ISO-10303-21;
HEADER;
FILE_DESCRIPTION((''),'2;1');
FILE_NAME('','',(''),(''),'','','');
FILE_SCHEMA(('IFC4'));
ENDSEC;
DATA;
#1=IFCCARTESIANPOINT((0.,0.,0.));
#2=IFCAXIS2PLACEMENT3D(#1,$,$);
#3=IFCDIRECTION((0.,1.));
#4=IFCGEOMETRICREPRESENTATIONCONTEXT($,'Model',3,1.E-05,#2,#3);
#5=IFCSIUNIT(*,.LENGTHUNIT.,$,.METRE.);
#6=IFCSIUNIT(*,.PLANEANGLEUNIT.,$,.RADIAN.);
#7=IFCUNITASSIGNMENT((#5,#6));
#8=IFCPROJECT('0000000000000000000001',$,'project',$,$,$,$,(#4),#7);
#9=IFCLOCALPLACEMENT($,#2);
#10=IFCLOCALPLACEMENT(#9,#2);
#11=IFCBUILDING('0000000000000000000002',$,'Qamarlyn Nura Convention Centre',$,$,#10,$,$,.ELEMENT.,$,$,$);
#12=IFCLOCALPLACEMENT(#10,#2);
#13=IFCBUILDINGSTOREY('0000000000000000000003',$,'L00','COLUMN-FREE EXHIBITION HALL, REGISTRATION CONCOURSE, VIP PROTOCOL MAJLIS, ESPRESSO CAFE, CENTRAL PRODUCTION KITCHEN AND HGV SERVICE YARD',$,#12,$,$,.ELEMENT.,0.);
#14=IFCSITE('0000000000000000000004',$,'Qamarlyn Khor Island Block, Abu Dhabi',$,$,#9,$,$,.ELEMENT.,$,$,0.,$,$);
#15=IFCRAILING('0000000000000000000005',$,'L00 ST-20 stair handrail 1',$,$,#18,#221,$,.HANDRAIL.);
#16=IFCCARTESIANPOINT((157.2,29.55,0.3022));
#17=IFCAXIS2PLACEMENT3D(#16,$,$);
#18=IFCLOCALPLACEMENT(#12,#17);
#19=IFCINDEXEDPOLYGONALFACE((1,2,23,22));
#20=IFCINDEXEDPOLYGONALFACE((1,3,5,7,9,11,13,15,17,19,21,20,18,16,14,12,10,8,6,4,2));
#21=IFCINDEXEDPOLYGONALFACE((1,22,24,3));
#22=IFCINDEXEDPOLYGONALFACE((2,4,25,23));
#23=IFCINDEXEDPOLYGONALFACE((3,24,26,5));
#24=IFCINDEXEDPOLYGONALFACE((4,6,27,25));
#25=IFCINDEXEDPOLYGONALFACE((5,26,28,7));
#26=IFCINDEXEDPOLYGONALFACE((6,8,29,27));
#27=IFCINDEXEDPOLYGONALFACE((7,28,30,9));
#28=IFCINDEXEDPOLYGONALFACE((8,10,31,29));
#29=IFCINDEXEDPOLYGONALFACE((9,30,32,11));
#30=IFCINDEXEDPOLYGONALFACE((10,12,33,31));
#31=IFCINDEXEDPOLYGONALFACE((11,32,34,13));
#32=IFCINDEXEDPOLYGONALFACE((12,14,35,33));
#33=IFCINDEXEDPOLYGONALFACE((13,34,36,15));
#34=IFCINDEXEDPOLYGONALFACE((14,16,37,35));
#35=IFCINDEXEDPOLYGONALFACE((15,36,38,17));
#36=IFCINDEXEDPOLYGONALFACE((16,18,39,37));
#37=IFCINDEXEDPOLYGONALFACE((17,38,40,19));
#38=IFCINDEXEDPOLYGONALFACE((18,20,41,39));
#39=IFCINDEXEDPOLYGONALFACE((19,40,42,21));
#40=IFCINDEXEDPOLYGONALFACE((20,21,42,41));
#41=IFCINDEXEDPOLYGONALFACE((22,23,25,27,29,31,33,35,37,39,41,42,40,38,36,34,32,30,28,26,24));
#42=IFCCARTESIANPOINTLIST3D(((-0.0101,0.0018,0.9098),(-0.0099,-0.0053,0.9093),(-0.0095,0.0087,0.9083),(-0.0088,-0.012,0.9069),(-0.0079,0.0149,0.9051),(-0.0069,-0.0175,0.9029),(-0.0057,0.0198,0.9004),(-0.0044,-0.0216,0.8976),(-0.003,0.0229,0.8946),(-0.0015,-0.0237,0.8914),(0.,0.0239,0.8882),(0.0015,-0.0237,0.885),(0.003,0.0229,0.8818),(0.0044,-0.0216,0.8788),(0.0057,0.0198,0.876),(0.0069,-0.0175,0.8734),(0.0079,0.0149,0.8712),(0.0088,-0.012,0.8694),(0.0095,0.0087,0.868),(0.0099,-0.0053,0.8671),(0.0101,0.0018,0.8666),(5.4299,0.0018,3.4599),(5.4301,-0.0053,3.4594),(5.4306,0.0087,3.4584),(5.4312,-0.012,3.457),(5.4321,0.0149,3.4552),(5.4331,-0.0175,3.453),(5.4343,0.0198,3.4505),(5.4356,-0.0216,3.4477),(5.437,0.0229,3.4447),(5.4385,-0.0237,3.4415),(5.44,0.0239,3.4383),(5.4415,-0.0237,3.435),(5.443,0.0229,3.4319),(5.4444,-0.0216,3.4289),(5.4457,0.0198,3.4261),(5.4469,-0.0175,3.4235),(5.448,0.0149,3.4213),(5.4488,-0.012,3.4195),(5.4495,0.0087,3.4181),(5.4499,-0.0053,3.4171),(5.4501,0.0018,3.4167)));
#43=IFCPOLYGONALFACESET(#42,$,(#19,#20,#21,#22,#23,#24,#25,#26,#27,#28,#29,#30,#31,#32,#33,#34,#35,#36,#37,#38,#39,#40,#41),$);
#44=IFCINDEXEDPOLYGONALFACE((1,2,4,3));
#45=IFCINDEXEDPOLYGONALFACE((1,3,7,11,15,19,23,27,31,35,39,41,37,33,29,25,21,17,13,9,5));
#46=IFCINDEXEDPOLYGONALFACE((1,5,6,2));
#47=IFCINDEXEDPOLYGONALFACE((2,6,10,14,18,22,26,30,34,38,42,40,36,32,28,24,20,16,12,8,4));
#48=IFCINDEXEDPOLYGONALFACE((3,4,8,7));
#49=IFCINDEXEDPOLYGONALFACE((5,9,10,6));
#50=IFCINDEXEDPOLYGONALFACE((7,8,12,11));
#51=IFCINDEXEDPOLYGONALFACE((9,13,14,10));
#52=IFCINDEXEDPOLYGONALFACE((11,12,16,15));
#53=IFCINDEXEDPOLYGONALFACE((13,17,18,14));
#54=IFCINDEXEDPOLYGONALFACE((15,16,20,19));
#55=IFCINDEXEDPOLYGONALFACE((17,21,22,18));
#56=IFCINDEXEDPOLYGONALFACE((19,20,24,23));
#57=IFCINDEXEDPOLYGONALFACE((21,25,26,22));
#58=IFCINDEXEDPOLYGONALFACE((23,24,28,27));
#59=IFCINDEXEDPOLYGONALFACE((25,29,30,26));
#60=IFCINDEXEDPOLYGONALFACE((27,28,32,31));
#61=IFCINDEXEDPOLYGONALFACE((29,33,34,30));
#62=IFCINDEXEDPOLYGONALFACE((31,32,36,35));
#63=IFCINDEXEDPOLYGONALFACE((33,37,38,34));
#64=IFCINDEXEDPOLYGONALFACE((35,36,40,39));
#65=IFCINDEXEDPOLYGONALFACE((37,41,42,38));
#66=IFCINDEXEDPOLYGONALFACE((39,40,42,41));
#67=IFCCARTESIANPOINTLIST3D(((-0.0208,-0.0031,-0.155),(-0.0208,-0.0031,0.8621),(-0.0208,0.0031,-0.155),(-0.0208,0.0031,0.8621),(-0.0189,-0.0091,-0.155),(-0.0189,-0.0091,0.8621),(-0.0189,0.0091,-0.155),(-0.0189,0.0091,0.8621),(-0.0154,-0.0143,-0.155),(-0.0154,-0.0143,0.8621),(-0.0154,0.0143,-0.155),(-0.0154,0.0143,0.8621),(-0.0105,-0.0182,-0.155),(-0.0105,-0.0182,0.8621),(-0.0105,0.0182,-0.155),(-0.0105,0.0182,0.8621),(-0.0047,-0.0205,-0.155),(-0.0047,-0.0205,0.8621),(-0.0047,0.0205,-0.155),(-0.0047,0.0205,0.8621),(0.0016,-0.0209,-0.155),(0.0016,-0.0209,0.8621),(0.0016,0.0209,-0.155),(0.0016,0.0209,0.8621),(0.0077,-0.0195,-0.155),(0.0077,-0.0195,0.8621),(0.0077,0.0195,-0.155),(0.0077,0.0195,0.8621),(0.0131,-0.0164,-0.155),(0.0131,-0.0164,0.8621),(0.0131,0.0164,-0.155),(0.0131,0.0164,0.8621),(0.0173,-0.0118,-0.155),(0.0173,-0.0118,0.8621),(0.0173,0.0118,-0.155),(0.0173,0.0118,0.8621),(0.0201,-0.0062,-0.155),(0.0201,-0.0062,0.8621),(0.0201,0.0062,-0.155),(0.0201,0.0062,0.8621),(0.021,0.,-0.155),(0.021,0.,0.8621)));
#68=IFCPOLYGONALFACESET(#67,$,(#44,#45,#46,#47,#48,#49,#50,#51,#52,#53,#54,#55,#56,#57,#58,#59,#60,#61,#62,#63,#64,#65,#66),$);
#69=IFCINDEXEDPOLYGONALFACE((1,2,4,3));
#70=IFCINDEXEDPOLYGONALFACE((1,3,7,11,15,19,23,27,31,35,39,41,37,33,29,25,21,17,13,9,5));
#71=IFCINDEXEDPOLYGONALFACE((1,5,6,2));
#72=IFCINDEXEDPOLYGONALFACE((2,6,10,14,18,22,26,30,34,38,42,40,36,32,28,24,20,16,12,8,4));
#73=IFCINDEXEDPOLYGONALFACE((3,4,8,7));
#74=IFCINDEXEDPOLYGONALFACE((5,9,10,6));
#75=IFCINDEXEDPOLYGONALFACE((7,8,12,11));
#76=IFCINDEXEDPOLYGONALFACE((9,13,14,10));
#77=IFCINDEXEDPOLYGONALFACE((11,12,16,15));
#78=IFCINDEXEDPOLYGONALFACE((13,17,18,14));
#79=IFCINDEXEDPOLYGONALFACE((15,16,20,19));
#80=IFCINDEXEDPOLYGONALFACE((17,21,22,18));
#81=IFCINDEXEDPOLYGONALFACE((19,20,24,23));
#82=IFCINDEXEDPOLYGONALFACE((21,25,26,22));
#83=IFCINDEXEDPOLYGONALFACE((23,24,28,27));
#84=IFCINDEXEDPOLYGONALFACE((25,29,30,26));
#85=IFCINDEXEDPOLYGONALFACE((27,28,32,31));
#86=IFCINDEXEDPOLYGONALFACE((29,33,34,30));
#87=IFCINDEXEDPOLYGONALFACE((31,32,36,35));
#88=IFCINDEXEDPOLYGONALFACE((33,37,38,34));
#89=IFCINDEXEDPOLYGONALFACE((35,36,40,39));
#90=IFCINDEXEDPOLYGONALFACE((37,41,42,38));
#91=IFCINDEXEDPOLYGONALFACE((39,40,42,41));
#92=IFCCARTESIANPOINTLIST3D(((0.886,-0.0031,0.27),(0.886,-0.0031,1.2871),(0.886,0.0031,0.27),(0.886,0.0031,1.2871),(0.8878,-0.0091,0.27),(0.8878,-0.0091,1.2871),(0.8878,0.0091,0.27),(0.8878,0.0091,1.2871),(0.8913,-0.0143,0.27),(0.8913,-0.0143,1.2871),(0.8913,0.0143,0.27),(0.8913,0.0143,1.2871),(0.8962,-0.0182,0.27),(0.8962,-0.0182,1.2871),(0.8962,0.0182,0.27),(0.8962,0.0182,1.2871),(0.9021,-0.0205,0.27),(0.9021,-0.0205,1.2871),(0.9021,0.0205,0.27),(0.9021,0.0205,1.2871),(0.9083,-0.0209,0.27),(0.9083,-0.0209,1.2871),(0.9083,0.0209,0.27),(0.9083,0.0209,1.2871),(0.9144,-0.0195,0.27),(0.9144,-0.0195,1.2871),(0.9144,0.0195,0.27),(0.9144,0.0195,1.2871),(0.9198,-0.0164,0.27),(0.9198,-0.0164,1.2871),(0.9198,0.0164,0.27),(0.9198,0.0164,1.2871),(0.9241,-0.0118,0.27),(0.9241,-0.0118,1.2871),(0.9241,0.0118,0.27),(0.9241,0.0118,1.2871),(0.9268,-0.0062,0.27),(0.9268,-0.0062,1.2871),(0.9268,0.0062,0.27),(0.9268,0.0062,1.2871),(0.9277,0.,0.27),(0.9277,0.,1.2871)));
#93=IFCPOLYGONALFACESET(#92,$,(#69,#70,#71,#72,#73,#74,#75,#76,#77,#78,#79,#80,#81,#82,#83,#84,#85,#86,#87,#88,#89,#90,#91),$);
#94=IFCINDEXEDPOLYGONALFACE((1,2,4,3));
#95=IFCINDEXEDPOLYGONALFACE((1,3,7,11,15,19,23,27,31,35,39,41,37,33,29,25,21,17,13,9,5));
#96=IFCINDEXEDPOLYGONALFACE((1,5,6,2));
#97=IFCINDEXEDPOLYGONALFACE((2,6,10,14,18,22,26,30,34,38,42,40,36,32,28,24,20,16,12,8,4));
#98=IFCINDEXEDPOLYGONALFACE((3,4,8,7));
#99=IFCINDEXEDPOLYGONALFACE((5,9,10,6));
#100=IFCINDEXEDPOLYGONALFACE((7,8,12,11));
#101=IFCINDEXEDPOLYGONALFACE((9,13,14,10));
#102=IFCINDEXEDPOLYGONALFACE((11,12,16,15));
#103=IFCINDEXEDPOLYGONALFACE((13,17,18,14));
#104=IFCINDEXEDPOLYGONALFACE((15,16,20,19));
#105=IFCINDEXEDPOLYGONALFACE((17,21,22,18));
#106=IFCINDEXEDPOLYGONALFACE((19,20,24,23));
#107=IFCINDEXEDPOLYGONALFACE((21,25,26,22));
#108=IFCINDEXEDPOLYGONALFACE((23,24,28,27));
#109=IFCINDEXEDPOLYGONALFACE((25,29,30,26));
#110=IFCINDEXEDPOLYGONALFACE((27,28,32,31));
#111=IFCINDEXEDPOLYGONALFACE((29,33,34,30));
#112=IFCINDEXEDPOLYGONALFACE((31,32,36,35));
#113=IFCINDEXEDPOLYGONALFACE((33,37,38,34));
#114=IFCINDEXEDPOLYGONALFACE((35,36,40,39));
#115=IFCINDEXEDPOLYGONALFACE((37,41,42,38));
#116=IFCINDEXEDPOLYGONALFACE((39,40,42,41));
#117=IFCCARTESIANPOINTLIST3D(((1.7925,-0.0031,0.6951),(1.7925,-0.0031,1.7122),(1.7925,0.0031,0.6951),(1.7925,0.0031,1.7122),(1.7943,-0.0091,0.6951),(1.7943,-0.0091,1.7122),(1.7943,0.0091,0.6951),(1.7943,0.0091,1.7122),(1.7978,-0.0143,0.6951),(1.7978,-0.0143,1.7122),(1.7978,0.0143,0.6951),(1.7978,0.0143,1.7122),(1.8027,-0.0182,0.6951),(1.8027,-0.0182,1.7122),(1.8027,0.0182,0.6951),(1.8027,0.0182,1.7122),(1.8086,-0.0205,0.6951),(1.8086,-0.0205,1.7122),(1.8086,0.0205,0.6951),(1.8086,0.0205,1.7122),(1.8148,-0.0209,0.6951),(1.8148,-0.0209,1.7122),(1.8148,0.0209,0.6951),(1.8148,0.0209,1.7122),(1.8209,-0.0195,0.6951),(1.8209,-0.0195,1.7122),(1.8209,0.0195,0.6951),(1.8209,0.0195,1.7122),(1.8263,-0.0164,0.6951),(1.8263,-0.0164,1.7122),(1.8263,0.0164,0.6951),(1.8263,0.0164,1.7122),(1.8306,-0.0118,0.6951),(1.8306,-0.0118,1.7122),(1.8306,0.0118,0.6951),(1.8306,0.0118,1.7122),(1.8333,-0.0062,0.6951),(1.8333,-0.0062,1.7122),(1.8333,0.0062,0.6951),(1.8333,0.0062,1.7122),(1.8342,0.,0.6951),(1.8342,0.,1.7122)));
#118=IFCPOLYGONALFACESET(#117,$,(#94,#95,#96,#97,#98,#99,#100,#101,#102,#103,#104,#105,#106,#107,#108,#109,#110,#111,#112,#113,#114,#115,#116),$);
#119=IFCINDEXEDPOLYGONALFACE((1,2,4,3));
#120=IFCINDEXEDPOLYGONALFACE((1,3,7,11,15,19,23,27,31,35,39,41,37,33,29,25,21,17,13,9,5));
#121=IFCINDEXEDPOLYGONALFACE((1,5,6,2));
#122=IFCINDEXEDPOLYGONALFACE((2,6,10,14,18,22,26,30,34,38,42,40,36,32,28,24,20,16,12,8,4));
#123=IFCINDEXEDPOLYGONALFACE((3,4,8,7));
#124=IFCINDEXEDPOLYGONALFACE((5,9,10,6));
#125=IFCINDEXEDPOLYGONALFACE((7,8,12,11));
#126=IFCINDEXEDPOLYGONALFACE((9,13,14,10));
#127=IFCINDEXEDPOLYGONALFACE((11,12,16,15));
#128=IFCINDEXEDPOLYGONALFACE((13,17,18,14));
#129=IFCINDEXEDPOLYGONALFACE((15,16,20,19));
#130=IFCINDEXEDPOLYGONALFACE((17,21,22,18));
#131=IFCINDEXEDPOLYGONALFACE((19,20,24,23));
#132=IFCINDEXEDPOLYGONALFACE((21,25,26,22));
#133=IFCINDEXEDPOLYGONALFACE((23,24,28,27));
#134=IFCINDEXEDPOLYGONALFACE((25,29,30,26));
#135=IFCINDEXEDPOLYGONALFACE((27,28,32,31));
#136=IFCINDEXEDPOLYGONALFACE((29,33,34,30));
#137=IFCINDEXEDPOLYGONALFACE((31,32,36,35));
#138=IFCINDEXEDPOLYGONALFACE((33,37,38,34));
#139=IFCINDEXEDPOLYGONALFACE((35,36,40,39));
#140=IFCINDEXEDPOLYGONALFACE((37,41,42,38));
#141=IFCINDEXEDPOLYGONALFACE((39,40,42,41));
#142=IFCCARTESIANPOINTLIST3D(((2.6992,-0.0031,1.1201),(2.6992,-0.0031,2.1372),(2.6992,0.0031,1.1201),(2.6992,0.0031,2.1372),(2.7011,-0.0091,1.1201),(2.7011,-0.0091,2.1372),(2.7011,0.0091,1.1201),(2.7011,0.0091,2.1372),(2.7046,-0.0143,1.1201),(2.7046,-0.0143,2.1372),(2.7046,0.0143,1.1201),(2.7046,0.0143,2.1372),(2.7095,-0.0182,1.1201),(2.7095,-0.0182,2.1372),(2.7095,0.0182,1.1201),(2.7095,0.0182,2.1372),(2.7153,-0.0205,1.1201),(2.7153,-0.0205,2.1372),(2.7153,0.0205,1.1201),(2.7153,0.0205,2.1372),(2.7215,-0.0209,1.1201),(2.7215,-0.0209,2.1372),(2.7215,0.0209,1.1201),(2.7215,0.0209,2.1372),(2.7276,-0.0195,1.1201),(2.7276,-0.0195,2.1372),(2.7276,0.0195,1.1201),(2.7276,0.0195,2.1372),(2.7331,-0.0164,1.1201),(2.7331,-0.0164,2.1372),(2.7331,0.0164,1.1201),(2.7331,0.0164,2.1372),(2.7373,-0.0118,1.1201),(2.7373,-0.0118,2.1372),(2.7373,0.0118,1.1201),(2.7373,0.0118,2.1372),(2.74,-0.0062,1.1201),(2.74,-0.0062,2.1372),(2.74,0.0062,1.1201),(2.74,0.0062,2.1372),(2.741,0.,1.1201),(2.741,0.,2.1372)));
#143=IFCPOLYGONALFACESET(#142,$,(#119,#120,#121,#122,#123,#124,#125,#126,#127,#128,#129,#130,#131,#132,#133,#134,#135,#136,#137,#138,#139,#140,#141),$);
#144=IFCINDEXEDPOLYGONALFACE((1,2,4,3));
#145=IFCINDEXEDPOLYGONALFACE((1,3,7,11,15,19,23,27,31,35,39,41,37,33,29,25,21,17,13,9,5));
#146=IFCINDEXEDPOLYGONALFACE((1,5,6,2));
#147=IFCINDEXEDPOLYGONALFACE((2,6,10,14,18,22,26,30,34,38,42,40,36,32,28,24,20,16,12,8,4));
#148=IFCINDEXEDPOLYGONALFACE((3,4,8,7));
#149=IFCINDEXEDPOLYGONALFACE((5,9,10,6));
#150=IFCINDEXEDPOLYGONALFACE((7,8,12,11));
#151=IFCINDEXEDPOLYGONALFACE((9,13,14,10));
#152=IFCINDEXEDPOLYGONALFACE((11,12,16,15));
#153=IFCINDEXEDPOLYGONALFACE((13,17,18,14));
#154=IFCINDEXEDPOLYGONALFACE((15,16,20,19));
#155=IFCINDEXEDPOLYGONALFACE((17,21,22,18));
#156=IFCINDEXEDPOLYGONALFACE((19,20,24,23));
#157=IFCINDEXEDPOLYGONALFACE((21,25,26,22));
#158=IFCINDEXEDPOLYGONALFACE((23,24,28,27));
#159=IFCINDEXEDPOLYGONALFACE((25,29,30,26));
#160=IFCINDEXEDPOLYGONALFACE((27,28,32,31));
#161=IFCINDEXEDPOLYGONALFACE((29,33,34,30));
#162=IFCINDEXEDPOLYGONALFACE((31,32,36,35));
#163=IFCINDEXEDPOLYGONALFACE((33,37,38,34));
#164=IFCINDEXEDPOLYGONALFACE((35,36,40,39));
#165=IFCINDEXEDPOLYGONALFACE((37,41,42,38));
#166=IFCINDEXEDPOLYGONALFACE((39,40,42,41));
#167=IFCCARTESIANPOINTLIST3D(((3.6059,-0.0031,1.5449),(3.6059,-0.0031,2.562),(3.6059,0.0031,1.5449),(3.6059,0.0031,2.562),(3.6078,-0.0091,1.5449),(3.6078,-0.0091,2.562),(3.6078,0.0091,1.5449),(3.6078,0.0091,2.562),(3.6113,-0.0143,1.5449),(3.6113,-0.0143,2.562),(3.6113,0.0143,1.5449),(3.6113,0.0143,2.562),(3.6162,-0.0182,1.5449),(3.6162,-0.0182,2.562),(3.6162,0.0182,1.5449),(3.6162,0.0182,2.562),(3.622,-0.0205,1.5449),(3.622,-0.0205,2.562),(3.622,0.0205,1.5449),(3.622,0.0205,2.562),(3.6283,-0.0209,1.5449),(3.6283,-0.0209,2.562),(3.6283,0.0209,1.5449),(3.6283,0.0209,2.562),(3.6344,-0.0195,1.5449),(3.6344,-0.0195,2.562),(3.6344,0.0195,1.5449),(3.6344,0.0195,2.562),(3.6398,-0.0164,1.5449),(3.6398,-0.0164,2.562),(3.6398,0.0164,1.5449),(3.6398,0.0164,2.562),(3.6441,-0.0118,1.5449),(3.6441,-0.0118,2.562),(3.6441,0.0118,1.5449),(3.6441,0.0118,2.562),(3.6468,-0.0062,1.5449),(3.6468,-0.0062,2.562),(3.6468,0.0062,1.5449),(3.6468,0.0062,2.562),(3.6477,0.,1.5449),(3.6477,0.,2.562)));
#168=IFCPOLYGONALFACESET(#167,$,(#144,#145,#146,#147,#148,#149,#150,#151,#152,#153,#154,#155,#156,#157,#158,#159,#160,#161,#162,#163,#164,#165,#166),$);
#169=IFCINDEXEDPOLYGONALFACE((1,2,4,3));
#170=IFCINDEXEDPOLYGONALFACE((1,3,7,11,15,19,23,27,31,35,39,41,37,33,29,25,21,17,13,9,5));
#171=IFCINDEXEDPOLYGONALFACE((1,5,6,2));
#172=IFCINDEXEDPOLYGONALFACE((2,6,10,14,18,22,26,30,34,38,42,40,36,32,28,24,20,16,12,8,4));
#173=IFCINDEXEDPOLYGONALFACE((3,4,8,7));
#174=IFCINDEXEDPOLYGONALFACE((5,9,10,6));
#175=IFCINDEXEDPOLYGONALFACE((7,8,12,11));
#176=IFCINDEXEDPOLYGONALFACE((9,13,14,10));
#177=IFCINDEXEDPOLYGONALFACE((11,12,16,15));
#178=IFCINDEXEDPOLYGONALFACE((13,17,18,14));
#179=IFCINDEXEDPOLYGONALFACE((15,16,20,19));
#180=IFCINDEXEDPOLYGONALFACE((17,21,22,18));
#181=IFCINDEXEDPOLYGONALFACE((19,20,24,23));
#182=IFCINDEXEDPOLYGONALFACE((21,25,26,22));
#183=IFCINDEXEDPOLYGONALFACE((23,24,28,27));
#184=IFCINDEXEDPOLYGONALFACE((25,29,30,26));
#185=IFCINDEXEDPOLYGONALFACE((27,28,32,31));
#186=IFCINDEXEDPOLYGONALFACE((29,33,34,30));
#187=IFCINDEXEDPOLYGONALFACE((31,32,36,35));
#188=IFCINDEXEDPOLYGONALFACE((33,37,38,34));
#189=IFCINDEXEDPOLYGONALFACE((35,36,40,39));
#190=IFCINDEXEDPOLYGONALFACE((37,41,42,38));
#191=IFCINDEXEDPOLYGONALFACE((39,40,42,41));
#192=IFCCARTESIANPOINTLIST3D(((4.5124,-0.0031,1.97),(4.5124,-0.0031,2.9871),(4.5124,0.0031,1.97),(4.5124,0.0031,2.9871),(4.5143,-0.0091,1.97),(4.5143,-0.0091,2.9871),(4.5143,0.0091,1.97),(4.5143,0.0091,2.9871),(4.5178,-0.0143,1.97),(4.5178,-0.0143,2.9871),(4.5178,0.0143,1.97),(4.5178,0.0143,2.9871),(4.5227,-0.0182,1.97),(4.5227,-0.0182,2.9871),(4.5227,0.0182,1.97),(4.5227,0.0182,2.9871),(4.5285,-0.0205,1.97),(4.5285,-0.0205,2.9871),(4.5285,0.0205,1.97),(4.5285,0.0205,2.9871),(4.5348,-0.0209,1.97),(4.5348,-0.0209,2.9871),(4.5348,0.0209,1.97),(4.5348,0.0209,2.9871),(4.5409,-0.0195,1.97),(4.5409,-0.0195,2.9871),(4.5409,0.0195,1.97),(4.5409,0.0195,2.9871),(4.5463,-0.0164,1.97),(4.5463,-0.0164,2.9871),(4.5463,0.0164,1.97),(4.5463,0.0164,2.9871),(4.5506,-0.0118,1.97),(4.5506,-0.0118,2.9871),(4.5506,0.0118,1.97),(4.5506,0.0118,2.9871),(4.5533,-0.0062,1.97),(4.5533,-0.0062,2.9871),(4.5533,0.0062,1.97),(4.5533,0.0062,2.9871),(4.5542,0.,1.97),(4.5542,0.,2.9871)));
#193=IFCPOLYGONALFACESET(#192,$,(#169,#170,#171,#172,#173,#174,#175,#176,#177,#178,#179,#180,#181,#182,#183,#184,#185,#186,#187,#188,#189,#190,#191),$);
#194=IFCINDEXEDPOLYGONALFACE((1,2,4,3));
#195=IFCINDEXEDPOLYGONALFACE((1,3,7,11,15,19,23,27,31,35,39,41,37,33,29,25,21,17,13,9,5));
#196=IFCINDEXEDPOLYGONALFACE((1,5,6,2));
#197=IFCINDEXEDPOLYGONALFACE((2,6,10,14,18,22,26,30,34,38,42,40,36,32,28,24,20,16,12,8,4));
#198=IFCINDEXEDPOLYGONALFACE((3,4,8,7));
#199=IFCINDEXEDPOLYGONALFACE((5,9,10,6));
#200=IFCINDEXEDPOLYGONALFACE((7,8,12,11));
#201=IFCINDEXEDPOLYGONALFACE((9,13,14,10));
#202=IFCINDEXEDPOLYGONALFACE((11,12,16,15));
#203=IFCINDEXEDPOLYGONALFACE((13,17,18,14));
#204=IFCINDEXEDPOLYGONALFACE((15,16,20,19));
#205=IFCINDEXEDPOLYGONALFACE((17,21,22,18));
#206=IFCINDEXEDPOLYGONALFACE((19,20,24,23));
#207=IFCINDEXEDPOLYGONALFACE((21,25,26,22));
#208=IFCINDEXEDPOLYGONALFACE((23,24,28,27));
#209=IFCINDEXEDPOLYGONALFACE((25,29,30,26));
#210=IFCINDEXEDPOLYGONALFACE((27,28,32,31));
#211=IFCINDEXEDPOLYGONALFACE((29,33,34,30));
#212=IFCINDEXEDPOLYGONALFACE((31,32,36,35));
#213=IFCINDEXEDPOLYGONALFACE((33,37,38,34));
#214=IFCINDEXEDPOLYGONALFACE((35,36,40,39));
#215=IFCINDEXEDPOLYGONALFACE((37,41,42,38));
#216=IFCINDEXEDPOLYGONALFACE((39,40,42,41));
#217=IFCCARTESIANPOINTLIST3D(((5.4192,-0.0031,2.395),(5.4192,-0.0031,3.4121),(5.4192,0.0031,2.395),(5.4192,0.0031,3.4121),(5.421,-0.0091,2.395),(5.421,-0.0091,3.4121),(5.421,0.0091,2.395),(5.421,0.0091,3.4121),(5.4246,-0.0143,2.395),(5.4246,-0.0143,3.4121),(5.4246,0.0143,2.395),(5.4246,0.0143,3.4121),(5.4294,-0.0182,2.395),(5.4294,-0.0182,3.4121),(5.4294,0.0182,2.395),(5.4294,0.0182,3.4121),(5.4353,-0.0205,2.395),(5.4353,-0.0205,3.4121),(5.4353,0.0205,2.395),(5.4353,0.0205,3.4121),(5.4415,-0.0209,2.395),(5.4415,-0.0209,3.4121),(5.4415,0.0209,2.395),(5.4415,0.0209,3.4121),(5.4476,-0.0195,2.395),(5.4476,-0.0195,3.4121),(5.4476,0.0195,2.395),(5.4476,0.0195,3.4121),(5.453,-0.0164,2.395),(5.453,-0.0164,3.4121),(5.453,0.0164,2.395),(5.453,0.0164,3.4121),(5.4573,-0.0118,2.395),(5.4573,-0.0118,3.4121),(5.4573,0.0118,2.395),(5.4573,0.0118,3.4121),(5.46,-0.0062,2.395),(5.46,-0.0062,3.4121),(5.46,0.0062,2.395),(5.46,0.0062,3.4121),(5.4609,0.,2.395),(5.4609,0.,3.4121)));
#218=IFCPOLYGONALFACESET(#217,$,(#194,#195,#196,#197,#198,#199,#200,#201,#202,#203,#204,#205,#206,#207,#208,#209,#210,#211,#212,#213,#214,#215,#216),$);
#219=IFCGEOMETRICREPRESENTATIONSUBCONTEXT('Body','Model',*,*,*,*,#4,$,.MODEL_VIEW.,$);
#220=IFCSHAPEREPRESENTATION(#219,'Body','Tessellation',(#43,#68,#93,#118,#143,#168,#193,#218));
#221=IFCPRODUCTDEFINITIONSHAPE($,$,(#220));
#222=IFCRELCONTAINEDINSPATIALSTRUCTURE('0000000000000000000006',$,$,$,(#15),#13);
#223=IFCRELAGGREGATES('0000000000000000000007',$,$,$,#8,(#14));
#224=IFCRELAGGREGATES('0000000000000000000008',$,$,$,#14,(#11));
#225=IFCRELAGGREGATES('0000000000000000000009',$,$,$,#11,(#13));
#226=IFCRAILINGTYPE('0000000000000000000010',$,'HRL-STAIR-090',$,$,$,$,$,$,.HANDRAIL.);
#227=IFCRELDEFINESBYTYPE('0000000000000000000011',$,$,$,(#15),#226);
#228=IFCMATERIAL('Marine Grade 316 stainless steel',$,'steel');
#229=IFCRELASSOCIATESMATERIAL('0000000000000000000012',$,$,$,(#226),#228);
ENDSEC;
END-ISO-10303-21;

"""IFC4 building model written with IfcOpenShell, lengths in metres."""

from ifc_helpers import new_model, si_unit, direction, frame, origin, origin_2d, place, context, subcontext, project, spatial, circle, extrude, material, type_object, element, save


model = new_model("IFC4")

# Units and contexts
model_context = context("Model", 3, precision=1e-05, world=origin(), true_north=direction((0.0, 1.0)))
body_context = subcontext(model_context, "Body", "Model", "MODEL_VIEW")
ifc_project = project(units=[si_unit("LENGTHUNIT", "METRE"), si_unit("PLANEANGLEUNIT", "RADIAN")], contexts=[model_context])

# Site, building, storey
site_placement = place(None, origin())
site = spatial("IfcSite", under=ifc_project, at=site_placement, Name="Qamarlyn Khor Island Block, Abu Dhabi", CompositionType="ELEMENT", RefElevation=0.0)
building_placement = place(site_placement, origin())
building = spatial("IfcBuilding", under=site, at=building_placement, Name="Qamarlyn Nura Convention Centre", CompositionType="ELEMENT")
storey_placement = place(building_placement, origin())
storey = spatial("IfcBuildingStorey", under=building, at=storey_placement, Name="L00", Description="COLUMN-FREE EXHIBITION HALL, REGISTRATION CONCOURSE, VIP PROTOCOL MAJLIS, ESPRESSO CAFE, CENTRAL PRODUCTION KITCHEN AND HGV SERVICE YARD", CompositionType="ELEMENT", Elevation=0.0)

# Railing
ifc_material_1 = material(Name="Marine Grade 316 stainless steel", Category="steel")
railing_type_1 = type_object("IfcRailingType", Name="HRL-STAIR-090", PredefinedType="HANDRAIL", material=ifc_material_1)
railing_1_placement = place(storey_placement, frame((157.2, 29.55, 0.3022)))
element("IfcRailing", 1, at=railing_1_placement, inside=storey, type_object=railing_type_1, Name="L00 ST-20 stair handrail 1", PredefinedType="HANDRAIL", context=body_context, shape_type="SweptSolid", body=[
    extrude(circle(Radius=0.0239, at=origin_2d()), frame((0.0, 0.0, 0.8882), z_axis=(0.905454, 0.0, 0.424444), x_axis=(0.0, 1.0, 0.0)), (0.0, 0.0, 1.0), 6.0081),
    extrude(circle(Radius=0.021, at=origin_2d()), frame((0.0, 0.0, -0.155)), (0.0, 0.0, 1.0), 1.0171),
    extrude(circle(Radius=0.021, at=origin_2d()), frame((0.9067, 0.0, 0.27)), (0.0, 0.0, 1.0), 1.0171),
    extrude(circle(Radius=0.021, at=origin_2d()), frame((1.8132, 0.0, 0.6951)), (0.0, 0.0, 1.0), 1.0171),
    extrude(circle(Radius=0.021, at=origin_2d()), frame((2.72, 0.0, 1.1201)), (0.0, 0.0, 1.0), 1.0171),
    extrude(circle(Radius=0.021, at=origin_2d()), frame((3.6267, 0.0, 1.5449)), (0.0, 0.0, 1.0), 1.0171),
    extrude(circle(Radius=0.021, at=origin_2d()), frame((4.5332, 0.0, 1.97)), (0.0, 0.0, 1.0), 1.0171),
    extrude(circle(Radius=0.021, at=origin_2d()), frame((5.4399, 0.0, 2.395)), (0.0, 0.0, 1.0), 1.0171),
])

save(model, "model.ifc")
